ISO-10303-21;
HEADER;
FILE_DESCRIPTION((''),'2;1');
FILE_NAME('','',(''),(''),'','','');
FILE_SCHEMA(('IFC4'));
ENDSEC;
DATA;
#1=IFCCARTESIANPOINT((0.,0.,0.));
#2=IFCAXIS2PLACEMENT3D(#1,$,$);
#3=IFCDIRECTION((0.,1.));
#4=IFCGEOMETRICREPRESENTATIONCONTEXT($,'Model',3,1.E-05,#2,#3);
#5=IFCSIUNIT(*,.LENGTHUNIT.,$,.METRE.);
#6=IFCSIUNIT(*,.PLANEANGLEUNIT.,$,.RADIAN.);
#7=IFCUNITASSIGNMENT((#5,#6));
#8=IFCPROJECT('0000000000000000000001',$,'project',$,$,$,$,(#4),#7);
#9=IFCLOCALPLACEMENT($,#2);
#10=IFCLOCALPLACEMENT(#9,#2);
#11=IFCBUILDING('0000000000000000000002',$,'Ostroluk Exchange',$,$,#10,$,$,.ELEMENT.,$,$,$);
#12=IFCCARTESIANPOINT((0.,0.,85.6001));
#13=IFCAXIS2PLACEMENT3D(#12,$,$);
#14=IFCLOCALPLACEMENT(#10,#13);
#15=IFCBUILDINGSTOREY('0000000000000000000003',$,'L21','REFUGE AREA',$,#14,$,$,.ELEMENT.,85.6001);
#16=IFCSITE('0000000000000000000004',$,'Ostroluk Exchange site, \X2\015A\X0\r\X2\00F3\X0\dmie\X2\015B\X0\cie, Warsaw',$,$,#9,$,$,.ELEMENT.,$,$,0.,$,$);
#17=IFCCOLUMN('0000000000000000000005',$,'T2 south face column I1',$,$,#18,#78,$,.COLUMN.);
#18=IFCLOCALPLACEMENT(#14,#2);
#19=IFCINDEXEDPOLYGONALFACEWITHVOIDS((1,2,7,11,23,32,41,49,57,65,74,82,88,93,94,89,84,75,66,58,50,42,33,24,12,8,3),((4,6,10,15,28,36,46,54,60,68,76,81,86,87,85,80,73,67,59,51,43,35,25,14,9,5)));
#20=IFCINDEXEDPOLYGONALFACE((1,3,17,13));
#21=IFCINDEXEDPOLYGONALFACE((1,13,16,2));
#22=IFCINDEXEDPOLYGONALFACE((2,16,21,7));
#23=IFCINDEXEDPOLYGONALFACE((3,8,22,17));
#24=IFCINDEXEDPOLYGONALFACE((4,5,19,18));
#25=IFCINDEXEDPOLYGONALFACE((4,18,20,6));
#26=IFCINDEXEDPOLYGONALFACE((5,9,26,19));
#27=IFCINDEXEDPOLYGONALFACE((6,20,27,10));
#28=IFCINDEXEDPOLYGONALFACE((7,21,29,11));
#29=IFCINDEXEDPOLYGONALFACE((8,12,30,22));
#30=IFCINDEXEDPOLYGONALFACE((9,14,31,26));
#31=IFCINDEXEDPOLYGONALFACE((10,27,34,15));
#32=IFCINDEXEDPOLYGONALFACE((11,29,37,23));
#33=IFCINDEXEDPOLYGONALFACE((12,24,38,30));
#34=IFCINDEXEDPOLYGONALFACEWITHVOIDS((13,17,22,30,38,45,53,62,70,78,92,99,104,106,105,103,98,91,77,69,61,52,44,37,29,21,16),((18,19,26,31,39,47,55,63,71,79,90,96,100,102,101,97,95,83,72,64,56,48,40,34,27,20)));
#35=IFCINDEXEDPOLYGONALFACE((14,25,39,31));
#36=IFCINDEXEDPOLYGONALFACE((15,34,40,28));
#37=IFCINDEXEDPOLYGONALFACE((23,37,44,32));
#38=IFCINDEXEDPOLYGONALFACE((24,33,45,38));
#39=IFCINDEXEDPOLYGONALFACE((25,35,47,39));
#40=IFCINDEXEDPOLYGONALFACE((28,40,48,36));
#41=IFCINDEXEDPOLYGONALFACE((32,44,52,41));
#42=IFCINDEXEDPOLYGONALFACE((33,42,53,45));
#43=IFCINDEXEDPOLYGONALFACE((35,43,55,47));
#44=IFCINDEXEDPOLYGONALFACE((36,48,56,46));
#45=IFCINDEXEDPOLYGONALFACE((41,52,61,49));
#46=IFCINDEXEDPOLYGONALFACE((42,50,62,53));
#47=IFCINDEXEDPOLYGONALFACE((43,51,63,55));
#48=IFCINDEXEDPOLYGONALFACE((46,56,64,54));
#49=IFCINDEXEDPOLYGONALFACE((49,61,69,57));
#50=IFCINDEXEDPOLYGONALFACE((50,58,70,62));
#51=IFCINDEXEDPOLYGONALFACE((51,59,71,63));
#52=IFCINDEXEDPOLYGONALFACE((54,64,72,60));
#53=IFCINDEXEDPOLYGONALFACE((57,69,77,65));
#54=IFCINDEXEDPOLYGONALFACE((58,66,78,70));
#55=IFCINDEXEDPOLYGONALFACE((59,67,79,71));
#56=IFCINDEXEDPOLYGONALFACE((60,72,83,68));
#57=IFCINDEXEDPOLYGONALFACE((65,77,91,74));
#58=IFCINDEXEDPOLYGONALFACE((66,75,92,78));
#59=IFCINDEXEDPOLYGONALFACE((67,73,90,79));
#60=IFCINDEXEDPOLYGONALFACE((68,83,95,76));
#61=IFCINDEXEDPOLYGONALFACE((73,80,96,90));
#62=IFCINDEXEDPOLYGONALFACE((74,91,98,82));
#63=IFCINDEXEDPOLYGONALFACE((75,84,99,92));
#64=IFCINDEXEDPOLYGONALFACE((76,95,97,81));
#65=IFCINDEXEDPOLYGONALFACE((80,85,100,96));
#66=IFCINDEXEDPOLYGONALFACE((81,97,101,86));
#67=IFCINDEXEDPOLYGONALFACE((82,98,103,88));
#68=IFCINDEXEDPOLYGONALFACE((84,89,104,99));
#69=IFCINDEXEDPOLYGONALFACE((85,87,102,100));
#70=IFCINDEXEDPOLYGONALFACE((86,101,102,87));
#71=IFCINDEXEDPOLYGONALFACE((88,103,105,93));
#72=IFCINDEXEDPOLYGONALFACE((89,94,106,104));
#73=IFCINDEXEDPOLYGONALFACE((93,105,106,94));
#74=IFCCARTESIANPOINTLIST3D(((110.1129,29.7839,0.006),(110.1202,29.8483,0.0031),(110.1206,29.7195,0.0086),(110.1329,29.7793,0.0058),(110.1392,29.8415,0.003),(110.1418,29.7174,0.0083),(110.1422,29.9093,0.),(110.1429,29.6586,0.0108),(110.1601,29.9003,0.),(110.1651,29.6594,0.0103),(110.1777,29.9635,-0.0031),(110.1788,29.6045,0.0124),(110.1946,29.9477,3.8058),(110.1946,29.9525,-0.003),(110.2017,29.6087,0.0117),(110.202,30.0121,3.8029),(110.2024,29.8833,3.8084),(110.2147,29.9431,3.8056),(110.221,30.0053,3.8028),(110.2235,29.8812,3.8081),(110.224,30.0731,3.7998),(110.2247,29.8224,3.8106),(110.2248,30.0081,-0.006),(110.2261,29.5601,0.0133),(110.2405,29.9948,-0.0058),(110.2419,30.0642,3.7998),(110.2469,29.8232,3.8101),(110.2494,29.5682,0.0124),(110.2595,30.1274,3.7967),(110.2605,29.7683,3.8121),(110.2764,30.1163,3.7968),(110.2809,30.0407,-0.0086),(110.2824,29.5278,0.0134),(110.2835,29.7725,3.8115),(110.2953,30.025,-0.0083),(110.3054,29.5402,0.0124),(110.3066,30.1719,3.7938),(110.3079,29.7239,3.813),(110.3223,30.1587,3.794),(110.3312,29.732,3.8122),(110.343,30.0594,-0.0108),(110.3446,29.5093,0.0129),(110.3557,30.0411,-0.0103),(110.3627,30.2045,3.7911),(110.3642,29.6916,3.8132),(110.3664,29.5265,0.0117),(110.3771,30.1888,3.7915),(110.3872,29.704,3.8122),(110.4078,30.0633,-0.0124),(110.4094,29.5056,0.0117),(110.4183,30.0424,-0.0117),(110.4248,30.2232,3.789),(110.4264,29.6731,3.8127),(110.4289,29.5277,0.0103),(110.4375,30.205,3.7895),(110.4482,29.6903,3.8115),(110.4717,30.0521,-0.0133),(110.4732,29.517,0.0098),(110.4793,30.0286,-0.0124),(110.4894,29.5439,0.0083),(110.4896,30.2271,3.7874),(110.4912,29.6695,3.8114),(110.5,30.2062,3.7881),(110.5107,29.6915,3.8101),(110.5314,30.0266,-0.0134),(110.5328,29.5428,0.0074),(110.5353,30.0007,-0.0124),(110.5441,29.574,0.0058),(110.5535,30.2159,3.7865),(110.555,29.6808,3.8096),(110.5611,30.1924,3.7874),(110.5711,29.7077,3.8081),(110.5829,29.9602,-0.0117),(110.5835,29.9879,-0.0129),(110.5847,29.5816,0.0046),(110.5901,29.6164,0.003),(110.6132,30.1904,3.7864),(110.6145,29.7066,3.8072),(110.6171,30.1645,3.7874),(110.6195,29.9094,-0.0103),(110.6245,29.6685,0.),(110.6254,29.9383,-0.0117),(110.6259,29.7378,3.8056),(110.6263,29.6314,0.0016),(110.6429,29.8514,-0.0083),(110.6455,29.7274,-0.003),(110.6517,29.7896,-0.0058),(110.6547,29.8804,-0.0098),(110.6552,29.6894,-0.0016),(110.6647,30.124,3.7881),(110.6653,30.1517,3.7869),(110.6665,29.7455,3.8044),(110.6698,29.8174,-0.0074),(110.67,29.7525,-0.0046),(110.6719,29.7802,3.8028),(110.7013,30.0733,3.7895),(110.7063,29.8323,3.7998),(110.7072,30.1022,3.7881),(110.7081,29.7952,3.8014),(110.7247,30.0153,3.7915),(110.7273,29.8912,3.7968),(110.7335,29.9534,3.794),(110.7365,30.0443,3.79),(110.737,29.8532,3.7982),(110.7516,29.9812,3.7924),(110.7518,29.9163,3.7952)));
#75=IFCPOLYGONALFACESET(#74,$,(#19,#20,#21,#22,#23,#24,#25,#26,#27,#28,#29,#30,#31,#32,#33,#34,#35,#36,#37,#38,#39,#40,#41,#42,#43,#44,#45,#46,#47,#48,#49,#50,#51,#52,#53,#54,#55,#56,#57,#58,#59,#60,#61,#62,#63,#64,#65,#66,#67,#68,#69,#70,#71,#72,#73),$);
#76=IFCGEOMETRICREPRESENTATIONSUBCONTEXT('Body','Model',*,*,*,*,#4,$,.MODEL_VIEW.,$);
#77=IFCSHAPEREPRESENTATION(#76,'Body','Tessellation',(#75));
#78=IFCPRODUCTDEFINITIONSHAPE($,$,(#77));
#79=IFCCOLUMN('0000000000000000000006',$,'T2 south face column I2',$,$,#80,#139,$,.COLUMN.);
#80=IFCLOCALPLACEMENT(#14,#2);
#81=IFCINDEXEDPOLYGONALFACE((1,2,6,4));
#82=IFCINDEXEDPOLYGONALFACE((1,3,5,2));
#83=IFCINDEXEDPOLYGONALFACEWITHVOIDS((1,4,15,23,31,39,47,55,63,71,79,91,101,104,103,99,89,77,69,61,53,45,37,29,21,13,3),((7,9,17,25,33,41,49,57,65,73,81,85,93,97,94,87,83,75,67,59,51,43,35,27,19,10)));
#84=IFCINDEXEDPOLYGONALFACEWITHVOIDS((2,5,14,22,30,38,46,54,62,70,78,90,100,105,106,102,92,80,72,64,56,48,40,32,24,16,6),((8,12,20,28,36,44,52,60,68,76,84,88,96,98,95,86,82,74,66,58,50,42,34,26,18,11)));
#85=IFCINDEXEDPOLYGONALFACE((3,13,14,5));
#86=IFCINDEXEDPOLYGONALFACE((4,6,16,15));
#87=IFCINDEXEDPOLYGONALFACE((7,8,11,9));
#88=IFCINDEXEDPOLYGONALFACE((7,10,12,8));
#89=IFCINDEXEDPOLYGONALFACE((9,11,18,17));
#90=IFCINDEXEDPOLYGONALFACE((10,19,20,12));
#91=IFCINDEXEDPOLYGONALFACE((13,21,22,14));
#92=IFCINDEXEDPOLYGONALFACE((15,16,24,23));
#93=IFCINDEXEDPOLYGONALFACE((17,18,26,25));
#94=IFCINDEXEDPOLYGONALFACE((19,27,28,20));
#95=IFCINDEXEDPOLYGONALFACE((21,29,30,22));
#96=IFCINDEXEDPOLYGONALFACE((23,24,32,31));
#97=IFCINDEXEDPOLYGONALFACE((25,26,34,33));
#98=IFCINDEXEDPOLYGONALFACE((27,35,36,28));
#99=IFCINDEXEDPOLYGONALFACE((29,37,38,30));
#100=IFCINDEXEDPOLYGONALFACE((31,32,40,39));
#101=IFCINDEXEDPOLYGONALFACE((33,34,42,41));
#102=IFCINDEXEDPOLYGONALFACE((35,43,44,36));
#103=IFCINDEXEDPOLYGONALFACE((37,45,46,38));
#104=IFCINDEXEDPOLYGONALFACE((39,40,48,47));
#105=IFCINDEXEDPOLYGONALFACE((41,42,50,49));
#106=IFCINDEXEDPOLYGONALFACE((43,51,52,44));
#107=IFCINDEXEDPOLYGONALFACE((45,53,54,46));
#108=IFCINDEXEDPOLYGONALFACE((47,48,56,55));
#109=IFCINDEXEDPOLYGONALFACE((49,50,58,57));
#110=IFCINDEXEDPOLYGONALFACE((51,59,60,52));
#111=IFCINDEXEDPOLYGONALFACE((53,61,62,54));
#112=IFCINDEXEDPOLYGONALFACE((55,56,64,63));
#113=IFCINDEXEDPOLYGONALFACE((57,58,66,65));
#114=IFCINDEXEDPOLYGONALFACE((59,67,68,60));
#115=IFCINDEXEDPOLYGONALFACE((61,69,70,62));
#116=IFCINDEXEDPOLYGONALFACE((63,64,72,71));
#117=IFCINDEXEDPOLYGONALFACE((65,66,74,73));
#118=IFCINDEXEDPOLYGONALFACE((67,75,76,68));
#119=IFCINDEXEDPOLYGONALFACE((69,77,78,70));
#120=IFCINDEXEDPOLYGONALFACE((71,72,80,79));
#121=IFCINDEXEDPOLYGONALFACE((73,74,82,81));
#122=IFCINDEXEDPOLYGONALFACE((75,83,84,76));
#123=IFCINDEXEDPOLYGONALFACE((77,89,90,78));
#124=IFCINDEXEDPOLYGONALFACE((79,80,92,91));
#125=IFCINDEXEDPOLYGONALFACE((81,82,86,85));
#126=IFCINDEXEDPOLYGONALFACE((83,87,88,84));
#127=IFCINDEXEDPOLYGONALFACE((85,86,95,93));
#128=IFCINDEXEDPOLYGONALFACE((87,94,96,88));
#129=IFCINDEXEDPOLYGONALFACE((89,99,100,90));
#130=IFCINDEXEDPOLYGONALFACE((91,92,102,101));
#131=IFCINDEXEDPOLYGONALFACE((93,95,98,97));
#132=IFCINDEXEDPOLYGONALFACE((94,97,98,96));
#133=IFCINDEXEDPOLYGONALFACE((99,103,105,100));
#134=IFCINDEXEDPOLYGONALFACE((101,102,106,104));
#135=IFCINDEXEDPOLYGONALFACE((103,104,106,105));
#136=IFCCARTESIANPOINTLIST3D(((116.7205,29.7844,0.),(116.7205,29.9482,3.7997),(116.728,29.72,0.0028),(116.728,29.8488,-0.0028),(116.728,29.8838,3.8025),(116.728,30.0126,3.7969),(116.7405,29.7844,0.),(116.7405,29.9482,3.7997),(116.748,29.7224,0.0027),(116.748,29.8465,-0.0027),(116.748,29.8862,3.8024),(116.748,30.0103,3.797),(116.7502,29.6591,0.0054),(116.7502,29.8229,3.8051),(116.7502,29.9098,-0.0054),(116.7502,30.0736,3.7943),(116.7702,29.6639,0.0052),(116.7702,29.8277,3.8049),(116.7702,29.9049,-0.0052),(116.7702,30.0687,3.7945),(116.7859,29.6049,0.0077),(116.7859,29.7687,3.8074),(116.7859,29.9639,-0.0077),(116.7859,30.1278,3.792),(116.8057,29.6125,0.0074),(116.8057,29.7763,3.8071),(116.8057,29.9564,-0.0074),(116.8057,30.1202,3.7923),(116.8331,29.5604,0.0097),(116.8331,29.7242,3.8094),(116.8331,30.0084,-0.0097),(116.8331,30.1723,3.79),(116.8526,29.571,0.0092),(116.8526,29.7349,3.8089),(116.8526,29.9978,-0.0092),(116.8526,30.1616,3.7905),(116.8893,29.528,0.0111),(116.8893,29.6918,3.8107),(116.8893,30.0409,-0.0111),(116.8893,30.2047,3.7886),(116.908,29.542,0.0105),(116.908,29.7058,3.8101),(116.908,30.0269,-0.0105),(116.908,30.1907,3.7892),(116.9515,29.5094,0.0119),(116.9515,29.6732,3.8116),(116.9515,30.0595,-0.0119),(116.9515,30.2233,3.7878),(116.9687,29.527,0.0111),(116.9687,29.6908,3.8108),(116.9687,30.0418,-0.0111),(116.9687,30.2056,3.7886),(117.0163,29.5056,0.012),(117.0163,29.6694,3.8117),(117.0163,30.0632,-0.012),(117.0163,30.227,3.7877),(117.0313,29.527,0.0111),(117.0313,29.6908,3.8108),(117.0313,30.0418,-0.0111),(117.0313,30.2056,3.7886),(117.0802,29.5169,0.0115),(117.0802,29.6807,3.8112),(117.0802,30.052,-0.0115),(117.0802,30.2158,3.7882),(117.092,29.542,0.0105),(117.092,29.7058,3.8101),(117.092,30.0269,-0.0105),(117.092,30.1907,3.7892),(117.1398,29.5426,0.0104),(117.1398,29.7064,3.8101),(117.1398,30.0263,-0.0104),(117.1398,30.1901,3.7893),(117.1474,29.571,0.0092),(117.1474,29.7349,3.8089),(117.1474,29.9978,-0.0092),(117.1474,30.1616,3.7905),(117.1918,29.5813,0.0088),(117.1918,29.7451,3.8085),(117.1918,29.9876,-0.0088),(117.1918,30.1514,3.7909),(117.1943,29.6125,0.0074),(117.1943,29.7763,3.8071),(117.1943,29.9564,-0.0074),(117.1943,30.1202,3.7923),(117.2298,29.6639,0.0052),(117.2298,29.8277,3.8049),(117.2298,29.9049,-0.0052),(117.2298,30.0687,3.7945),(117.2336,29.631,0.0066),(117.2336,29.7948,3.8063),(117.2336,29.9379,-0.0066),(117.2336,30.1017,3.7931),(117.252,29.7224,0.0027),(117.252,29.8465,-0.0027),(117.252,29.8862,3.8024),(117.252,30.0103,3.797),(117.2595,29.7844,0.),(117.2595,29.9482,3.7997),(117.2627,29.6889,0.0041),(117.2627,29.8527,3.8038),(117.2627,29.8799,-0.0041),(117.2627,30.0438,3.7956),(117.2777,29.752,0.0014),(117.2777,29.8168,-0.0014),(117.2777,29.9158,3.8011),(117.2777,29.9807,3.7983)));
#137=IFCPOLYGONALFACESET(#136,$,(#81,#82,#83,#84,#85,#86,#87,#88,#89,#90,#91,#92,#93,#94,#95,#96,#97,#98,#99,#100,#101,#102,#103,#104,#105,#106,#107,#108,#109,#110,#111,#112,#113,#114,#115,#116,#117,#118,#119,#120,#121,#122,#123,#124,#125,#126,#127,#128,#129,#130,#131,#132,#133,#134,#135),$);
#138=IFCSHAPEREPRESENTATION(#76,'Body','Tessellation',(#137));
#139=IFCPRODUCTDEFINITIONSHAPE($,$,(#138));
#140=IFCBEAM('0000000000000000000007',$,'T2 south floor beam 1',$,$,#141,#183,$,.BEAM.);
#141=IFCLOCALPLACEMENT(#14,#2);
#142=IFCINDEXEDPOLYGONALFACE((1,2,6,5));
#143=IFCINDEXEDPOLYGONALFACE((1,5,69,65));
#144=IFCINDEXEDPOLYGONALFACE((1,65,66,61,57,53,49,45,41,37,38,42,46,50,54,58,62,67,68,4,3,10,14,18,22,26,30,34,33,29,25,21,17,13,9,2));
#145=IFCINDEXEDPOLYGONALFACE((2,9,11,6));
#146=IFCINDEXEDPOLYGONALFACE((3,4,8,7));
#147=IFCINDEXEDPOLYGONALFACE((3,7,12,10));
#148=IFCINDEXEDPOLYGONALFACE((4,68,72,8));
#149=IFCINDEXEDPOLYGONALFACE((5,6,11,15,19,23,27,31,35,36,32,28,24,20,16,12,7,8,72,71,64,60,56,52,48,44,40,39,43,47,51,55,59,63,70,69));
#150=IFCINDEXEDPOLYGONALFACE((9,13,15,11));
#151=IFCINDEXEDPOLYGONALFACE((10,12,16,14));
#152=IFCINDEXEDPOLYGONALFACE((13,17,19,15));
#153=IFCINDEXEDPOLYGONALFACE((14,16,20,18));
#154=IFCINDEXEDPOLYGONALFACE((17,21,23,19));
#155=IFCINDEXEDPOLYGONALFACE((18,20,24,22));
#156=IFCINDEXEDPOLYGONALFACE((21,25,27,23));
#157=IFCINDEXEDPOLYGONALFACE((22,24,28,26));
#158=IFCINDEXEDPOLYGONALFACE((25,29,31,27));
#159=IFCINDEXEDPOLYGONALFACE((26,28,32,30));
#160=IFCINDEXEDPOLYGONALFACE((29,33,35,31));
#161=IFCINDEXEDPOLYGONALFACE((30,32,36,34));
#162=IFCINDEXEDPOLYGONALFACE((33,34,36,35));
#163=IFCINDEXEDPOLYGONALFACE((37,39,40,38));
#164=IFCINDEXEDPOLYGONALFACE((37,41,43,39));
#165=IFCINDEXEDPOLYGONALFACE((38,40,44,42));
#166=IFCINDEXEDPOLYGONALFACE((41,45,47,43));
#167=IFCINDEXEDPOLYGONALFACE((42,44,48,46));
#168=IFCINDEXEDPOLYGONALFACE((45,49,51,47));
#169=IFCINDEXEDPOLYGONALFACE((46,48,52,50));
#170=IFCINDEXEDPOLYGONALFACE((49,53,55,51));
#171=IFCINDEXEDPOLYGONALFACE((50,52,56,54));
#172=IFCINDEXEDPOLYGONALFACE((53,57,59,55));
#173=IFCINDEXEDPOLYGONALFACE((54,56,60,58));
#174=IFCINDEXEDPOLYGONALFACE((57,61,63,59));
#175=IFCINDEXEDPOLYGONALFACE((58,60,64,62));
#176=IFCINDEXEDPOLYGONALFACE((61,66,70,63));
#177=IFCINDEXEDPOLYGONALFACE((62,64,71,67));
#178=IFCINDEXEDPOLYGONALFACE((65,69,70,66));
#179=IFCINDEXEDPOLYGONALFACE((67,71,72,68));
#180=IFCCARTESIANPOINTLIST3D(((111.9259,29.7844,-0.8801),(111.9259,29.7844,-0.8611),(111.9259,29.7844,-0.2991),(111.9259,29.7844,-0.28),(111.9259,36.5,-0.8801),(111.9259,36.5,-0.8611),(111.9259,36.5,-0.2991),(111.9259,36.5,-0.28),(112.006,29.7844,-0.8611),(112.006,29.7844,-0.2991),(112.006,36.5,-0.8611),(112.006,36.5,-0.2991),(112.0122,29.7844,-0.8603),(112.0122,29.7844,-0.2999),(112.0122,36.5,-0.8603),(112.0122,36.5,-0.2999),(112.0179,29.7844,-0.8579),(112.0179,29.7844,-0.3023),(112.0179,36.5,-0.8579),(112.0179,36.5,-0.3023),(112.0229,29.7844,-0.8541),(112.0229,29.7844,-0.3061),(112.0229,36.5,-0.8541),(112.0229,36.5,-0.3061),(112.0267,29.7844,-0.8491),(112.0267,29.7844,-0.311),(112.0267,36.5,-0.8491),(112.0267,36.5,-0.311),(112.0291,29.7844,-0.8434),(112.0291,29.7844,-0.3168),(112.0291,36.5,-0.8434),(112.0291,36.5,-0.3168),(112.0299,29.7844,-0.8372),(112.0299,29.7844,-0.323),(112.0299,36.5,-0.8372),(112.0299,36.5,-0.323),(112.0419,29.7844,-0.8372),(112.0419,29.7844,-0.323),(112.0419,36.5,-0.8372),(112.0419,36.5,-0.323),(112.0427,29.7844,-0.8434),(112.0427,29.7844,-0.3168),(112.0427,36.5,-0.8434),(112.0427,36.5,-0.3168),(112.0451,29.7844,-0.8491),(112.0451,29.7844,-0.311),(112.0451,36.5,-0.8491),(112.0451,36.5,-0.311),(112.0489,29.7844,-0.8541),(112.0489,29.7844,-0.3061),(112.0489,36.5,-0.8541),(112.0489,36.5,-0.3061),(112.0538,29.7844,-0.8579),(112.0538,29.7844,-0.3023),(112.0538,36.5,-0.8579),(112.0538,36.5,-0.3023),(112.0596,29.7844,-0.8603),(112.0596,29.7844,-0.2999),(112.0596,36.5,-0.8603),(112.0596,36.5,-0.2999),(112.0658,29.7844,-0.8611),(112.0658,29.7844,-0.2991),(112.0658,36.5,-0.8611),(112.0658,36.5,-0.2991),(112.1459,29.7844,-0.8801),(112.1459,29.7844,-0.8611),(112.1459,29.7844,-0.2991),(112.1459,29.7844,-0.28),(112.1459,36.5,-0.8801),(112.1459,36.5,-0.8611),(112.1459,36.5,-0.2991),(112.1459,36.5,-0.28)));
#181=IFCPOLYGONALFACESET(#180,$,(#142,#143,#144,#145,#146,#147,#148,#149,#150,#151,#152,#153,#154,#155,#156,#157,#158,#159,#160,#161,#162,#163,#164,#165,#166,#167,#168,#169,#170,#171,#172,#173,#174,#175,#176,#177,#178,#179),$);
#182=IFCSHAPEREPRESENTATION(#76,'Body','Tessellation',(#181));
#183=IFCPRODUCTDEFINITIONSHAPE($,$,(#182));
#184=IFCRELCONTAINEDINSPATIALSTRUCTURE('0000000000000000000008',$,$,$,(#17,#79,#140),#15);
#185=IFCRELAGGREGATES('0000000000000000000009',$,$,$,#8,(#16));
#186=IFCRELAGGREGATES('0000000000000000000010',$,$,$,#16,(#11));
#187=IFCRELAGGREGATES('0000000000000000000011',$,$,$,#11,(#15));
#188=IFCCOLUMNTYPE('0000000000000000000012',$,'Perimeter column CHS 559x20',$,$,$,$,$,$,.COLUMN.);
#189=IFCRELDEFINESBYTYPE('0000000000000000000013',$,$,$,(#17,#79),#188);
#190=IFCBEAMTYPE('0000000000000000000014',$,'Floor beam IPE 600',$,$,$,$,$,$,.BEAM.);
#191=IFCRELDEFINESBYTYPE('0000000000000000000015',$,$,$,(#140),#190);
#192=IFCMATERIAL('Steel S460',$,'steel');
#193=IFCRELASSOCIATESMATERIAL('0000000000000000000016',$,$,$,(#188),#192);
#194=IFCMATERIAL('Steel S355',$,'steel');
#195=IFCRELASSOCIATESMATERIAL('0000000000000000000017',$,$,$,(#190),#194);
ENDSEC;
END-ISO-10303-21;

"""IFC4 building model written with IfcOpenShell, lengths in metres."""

from ifc_helpers import new_model, si_unit, direction, frame, origin, origin_2d, place, context, subcontext, project, spatial, hollow_circle, i_section, extrude, material, material_profile, profile_set, type_object, element, save


model = new_model("IFC4")

# Units and contexts
model_context = context("Model", 3, precision=1e-05, world=origin(), true_north=direction((0.0, 1.0)))
body_context = subcontext(model_context, "Body", "Model", "MODEL_VIEW")
ifc_project = project(units=[si_unit("LENGTHUNIT", "METRE"), si_unit("PLANEANGLEUNIT", "RADIAN")], contexts=[model_context])

# Site, building, storey
site_placement = place(None, origin())
site = spatial("IfcSite", under=ifc_project, at=site_placement, Name="Ostroluk Exchange site, Śródmieście, Warsaw", CompositionType="ELEMENT", RefElevation=0.0)
building_placement = place(site_placement, origin())
building = spatial("IfcBuilding", under=site, at=building_placement, Name="Ostroluk Exchange", CompositionType="ELEMENT")
storey_placement = place(building_placement, frame((0.0, 0.0, 85.6001)))
storey = spatial("IfcBuildingStorey", under=building, at=storey_placement, Name="L21", Description="REFUGE AREA", CompositionType="ELEMENT", Elevation=85.6001)

# Columns
ifc_material_1 = material(Name="Steel S460", Category="steel")
ifc_material_profile_1 = material_profile(ifc_material_1, hollow_circle(Radius=0.2795, WallThickness=0.02, at=origin_2d()), Name="CHS 559x20")
ifc_profile_set_1 = profile_set([ifc_material_profile_1], Name="Steel S460")
column_type = type_object("IfcColumnType", Name="Perimeter column CHS 559x20", PredefinedType="COLUMN", material=ifc_profile_set_1)
column_1_placement = place(storey_placement, frame((110.3923, 29.7844, 0.0), z_axis=(0.021499, 0.043062, 0.998841), x_axis=(-0.894694, 0.44668, 0.0)))
element("IfcColumn", 1, at=column_1_placement, inside=storey, type_object=column_type, Name="T2 south face column I1", PredefinedType="COLUMN", context=body_context, shape_type="SweptSolid", body=[
    extrude(hollow_circle(Radius=0.2795, WallThickness=0.02, at=origin_2d()), origin(), (0.0, 0.0, 1.0), 3.8042),
])
column_2_placement = place(storey_placement, frame((117.0, 29.7844, 0.0), z_axis=(0.0, 0.043072, 0.999072), x_axis=(-1.0, 0.0, 0.0)))
element("IfcColumn", 2, at=column_2_placement, inside=storey, type_object=column_type, Name="T2 south face column I2", PredefinedType="COLUMN", context=body_context, shape_type="SweptSolid", body=[
    extrude(hollow_circle(Radius=0.2795, WallThickness=0.02, at=origin_2d()), origin(), (0.0, 0.0, 1.0), 3.8032),
])

# Beam
ifc_material_2 = material(Name="Steel S355", Category="steel")
ifc_material_profile_2 = material_profile(ifc_material_2, i_section(OverallWidth=0.22, OverallDepth=0.6001, WebThickness=0.012, FlangeThickness=0.019, FilletRadius=0.0239, at=origin_2d()), Name="IPE 600")
ifc_profile_set_2 = profile_set([ifc_material_profile_2], Name="Steel S355")
beam_type_1 = type_object("IfcBeamType", Name="Floor beam IPE 600", PredefinedType="BEAM", material=ifc_profile_set_2)
for number, where, z_axis, x_axis, name in (
    (3, (112.0359, 36.5, -0.5801), (0.0, -1.0, 0.0), (1.0, 0.0, 0.0), "T2 south floor beam 1"),
):
    element("IfcBeam", number, at=place(storey_placement, frame(where, z_axis=z_axis, x_axis=x_axis)), inside=storey, type_object=beam_type_1, Name=name, PredefinedType="BEAM", context=body_context, shape_type="SweptSolid", body=[
        extrude(i_section(OverallWidth=0.22, OverallDepth=0.6001, WebThickness=0.012, FlangeThickness=0.019, FilletRadius=0.0239, at=origin_2d()), origin(), (0.0, 0.0, 1.0), 6.7156),
    ])

save(model, "model.ifc")
